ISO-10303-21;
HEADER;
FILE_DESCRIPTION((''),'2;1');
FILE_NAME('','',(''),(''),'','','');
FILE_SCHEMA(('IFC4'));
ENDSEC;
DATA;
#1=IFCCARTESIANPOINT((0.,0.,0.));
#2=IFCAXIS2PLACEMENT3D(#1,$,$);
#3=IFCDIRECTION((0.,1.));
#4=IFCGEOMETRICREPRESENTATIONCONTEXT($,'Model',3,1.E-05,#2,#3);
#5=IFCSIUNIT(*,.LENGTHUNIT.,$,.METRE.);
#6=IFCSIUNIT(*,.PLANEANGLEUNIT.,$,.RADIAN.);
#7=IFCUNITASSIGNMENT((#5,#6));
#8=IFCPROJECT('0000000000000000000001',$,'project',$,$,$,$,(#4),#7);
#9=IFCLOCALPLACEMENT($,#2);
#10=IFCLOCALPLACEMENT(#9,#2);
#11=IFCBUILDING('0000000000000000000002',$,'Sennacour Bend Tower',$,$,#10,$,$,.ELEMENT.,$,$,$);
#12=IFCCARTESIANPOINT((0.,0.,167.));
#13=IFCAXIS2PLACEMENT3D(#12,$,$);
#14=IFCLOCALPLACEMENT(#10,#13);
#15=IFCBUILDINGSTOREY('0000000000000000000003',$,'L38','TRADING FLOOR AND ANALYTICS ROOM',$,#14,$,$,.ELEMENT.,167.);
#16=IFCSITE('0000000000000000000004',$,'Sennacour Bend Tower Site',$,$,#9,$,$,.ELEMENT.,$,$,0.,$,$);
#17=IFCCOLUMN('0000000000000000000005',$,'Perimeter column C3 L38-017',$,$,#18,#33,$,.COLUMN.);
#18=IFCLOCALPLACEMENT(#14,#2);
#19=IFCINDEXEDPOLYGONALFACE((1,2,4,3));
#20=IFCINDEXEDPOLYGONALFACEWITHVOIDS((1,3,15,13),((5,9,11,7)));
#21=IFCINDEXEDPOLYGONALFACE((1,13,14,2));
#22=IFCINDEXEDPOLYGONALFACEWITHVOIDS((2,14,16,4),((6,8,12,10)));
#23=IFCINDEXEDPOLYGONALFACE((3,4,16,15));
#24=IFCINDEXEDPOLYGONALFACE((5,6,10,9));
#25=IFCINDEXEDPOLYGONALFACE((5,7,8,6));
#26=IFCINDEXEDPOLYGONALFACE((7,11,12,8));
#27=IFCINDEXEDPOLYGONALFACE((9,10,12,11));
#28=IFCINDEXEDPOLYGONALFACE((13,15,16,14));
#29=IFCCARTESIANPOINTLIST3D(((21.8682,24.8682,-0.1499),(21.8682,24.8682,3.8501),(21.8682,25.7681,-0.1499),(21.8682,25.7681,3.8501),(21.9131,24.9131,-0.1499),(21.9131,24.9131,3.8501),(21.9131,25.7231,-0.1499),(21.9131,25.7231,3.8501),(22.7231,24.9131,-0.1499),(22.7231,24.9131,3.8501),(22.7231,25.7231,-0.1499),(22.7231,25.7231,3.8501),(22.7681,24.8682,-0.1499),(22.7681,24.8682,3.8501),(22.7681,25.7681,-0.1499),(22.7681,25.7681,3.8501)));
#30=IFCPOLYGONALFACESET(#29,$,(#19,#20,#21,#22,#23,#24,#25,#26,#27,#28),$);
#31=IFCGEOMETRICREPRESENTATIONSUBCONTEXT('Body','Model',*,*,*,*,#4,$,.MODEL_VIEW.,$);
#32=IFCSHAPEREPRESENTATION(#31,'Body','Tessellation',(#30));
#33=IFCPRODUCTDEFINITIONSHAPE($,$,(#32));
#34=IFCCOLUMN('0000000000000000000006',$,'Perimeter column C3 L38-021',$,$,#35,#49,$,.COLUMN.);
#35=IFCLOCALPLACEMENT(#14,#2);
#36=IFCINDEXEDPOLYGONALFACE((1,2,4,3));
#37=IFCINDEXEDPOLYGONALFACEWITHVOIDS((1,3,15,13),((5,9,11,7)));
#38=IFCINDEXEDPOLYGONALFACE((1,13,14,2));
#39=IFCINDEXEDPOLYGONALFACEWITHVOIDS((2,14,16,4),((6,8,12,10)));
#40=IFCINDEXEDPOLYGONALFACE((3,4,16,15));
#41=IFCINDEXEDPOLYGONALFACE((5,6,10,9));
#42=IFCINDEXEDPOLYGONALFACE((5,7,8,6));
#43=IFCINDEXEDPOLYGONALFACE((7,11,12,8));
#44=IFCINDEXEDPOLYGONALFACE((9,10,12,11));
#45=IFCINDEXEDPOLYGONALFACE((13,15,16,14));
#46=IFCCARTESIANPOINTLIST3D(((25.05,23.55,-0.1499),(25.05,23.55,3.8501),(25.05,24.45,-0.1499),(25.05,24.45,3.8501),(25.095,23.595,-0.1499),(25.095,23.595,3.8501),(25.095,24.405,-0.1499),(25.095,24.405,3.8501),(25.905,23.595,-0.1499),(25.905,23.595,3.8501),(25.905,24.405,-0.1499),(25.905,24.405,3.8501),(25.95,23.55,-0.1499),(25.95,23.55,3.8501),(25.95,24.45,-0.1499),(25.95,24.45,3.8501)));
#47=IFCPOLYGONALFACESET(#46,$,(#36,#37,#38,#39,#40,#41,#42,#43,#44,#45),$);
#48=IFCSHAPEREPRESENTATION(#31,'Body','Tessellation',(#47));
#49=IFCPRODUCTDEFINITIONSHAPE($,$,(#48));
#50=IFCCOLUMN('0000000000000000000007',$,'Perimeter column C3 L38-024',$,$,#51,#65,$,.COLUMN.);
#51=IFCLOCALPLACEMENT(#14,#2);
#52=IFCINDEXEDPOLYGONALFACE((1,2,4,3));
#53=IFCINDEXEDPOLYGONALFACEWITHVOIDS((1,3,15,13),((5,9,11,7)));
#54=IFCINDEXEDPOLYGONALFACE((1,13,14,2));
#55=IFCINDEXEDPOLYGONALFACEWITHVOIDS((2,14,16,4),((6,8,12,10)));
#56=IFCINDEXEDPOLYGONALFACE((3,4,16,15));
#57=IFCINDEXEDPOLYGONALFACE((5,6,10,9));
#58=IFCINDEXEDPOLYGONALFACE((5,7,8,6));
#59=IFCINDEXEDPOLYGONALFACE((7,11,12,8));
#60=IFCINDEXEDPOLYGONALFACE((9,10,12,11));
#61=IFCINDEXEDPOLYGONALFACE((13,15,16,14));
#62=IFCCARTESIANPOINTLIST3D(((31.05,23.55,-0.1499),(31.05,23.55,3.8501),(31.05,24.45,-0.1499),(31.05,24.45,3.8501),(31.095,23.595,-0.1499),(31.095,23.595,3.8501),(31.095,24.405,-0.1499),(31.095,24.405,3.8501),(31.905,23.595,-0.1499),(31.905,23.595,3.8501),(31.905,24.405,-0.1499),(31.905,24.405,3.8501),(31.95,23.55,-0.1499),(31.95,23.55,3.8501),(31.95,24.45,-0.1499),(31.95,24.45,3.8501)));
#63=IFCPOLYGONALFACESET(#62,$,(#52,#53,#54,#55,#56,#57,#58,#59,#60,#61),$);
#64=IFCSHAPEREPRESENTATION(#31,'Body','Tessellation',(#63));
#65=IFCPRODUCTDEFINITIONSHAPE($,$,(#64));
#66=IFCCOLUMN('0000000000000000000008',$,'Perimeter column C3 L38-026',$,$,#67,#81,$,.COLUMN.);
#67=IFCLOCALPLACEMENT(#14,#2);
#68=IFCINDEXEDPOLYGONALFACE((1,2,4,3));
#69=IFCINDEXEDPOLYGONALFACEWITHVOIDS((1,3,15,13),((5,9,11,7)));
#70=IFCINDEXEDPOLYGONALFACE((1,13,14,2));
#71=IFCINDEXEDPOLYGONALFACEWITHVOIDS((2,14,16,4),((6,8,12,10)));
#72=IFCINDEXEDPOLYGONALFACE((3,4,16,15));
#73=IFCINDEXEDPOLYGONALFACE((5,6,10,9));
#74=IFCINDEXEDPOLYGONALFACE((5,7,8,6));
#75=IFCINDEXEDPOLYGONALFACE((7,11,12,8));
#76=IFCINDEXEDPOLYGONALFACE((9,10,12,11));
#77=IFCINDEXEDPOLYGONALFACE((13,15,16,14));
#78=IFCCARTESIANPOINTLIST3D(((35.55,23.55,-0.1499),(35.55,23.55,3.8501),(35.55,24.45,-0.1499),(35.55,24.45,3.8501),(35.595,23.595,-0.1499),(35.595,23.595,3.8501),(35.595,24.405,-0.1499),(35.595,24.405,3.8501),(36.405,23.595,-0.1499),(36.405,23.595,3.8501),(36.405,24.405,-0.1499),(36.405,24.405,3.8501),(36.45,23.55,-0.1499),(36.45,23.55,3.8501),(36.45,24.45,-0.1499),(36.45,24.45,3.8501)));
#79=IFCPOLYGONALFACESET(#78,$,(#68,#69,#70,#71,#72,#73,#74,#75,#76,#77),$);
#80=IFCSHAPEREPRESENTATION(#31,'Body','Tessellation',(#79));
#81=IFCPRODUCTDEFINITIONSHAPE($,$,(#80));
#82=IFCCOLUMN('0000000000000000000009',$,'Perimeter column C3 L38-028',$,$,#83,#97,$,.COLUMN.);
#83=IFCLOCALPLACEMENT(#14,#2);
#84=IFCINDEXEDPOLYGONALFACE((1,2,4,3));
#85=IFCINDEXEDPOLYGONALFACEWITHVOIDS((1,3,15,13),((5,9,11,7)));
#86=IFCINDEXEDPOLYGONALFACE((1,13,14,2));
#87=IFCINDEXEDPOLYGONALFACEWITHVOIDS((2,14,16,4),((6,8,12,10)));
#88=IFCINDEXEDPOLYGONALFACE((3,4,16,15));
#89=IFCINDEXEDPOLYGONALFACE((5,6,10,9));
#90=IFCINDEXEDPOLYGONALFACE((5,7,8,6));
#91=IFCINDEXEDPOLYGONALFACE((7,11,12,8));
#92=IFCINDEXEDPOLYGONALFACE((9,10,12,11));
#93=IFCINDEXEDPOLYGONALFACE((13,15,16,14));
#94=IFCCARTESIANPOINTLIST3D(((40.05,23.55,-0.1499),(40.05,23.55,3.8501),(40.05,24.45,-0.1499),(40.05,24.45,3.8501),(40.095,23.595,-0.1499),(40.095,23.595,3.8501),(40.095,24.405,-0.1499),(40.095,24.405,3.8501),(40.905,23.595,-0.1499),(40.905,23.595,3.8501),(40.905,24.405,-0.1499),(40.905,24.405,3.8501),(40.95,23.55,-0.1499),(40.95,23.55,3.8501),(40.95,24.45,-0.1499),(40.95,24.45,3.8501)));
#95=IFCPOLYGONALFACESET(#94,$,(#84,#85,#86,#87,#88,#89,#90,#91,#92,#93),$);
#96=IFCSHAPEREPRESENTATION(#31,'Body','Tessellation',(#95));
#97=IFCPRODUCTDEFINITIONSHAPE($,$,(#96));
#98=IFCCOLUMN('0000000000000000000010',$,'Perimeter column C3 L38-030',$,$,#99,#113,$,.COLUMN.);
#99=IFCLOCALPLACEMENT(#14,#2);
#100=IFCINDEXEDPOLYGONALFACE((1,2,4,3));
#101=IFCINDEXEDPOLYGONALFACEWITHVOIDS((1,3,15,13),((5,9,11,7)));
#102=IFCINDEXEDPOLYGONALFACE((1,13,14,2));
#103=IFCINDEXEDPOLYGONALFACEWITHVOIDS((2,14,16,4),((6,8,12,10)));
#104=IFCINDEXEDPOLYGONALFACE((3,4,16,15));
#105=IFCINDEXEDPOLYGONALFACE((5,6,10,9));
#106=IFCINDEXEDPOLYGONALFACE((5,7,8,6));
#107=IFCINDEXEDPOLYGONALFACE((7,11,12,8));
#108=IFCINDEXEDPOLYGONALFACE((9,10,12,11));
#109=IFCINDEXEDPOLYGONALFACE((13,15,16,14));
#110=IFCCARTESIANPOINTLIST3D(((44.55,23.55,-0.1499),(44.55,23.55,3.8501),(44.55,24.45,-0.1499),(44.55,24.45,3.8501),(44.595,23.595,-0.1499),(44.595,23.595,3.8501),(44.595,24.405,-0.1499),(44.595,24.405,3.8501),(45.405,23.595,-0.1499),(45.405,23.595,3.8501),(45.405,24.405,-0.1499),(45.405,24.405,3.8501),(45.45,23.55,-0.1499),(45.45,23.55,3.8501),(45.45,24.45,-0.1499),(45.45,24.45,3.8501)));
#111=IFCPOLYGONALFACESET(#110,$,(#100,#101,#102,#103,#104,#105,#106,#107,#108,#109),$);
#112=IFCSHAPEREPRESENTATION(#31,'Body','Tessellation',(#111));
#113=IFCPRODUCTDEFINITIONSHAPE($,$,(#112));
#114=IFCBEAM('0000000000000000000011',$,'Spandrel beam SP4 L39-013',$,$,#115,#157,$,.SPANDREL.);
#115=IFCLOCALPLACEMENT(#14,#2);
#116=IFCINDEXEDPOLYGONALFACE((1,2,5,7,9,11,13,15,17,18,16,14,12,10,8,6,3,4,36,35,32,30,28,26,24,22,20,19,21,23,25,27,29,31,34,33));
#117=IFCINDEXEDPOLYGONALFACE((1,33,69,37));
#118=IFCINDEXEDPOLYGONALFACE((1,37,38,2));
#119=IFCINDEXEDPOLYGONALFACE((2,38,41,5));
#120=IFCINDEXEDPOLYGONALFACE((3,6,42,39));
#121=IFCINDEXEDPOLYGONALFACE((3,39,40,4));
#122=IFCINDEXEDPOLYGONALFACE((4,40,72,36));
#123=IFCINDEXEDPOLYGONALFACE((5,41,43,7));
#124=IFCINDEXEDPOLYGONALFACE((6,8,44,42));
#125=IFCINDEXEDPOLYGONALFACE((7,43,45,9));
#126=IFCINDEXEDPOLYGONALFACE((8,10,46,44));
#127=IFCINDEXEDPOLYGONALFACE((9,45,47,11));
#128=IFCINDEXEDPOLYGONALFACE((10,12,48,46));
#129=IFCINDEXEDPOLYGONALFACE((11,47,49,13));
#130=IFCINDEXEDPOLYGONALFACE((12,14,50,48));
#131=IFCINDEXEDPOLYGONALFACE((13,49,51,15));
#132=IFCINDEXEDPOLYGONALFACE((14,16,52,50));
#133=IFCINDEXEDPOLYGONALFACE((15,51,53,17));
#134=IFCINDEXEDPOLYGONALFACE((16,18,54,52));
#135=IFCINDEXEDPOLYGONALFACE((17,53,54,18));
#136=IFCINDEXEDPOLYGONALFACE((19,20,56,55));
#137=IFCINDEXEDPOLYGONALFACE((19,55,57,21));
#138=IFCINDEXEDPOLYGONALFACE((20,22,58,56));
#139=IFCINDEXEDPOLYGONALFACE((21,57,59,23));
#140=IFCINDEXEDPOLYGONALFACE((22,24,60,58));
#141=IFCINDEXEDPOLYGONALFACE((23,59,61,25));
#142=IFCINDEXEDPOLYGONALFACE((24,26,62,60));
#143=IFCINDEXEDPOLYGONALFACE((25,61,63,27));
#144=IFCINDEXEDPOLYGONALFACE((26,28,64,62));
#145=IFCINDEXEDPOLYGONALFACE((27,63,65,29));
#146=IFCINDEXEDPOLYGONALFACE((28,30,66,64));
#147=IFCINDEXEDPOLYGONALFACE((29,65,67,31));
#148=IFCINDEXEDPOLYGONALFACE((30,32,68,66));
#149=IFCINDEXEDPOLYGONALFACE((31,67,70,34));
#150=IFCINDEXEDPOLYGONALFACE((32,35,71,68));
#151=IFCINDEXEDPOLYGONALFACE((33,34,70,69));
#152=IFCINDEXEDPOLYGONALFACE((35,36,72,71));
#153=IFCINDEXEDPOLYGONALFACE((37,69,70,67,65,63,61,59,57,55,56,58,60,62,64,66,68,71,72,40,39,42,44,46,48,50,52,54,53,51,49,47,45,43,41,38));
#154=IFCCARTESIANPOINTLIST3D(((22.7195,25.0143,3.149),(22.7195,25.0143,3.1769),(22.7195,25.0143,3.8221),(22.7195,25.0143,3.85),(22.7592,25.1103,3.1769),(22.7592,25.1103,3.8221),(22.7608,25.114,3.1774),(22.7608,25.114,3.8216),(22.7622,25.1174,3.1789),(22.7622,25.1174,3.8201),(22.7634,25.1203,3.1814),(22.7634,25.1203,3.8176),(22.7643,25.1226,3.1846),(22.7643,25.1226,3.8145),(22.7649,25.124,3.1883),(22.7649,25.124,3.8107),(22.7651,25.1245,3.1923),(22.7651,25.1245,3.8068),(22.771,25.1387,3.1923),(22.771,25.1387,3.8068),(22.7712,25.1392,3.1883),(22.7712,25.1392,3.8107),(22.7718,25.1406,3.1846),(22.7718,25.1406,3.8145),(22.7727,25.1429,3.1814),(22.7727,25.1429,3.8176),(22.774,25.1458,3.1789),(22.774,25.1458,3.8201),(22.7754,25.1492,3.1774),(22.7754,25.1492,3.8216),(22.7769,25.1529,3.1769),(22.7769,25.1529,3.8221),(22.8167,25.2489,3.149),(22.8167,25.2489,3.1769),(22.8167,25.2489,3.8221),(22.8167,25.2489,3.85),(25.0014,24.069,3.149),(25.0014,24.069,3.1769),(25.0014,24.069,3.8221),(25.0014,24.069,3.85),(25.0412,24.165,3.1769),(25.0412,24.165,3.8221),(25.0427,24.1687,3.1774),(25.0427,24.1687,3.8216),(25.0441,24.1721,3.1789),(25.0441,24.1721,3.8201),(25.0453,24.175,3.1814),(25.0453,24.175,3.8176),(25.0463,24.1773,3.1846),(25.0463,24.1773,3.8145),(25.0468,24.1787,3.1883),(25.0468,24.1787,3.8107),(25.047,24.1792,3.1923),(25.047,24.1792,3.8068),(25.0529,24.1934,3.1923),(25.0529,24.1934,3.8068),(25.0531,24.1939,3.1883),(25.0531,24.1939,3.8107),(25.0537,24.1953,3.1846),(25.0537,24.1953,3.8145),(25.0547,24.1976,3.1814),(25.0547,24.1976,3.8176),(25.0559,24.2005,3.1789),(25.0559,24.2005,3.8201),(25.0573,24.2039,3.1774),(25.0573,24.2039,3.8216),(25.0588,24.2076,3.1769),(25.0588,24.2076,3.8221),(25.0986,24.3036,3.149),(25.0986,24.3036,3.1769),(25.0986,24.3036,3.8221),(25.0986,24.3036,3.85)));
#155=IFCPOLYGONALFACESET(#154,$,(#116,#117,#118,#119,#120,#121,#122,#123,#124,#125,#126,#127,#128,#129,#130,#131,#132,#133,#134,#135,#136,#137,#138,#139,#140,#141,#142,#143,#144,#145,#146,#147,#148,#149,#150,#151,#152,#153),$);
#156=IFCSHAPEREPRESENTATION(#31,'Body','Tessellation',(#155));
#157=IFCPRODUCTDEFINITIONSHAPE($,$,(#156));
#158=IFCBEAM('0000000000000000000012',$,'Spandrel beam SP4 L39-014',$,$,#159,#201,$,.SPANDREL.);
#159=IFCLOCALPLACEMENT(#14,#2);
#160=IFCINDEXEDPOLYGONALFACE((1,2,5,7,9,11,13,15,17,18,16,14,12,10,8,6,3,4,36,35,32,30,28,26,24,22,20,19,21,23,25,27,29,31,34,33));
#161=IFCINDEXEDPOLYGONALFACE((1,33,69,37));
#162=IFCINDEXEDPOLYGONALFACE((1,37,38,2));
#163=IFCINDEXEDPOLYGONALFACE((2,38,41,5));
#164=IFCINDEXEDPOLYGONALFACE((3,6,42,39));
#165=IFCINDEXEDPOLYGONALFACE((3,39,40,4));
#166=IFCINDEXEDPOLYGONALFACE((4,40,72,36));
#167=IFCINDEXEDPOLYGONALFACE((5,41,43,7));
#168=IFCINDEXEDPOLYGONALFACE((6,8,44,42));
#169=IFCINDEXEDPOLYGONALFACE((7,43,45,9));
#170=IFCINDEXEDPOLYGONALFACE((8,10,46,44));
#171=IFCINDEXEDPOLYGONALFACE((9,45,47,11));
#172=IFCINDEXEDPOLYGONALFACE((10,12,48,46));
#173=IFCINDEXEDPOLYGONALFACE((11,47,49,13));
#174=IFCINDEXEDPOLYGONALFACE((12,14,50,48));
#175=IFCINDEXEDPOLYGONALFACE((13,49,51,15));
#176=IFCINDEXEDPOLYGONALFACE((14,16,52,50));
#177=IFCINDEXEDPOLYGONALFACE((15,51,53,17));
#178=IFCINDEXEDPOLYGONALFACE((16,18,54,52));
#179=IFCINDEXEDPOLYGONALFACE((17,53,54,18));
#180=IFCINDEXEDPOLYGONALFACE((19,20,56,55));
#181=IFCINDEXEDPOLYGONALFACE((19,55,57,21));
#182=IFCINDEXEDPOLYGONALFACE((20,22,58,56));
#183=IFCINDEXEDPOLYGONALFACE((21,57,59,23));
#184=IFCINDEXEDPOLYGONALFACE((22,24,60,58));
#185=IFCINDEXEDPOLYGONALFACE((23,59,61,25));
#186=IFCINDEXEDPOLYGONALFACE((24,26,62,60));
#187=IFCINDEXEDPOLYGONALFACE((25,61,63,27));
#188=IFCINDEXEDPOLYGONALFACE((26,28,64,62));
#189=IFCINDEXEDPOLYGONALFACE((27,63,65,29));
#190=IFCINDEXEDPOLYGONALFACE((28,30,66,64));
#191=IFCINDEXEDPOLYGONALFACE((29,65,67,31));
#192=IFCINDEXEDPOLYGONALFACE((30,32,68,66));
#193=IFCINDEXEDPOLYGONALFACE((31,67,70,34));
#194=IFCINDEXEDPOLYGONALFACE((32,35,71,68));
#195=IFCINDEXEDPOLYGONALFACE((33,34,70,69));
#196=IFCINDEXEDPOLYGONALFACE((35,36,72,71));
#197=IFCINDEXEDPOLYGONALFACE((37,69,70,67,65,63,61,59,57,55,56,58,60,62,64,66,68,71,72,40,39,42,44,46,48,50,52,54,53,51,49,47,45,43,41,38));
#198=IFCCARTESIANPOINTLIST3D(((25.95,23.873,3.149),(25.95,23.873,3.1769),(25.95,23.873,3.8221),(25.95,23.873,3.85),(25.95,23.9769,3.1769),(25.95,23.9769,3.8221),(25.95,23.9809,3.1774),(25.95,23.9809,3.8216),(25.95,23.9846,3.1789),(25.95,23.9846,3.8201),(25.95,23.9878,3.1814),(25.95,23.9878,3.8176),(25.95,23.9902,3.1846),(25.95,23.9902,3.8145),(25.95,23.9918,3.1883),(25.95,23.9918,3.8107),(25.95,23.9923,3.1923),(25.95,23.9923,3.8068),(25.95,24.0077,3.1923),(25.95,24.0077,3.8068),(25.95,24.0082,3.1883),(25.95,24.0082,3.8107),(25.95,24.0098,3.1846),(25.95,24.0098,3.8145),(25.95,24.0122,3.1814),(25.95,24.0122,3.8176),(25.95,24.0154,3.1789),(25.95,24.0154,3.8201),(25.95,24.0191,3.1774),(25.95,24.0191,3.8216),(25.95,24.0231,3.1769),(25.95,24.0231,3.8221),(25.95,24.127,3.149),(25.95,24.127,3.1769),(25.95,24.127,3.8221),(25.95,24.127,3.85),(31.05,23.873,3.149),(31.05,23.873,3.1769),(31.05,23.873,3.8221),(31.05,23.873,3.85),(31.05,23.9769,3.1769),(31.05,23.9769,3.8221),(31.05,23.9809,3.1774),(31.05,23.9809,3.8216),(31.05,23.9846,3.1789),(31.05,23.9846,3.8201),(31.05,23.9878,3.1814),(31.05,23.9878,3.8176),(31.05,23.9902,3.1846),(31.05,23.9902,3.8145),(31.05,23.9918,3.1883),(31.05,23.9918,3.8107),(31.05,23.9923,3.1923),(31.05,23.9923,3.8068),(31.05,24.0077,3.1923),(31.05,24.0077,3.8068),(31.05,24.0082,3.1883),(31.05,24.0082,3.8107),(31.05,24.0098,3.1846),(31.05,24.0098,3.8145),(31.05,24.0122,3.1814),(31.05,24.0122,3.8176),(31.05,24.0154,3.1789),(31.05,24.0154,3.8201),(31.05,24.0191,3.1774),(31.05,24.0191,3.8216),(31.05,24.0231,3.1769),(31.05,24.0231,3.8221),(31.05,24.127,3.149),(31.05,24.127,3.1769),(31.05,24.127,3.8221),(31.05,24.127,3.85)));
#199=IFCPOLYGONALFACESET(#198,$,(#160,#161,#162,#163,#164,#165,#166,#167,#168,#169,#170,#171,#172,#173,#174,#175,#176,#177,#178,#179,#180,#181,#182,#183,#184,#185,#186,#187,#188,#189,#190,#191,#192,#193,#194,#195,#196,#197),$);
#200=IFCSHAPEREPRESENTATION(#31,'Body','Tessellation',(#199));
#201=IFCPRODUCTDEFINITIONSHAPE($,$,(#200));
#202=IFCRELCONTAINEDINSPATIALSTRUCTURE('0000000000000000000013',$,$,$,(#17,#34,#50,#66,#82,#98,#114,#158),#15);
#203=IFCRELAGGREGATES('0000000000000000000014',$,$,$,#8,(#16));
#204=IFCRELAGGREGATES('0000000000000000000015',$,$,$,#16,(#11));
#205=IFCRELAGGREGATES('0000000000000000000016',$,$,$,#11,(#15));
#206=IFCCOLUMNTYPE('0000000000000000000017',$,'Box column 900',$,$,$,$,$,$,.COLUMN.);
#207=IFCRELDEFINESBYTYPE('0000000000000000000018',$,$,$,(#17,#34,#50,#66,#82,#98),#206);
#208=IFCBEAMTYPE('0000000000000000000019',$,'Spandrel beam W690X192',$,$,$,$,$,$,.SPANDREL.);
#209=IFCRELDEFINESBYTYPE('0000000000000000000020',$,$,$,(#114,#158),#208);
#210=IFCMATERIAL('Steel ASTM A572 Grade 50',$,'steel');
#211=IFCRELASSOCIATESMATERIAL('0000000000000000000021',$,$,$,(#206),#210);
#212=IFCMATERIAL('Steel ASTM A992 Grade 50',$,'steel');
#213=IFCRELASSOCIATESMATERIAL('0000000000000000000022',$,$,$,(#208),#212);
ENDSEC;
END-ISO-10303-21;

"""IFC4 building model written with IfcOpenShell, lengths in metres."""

from ifc_helpers import new_model, si_unit, direction, frame, origin, origin_2d, place, context, subcontext, project, spatial, hollow_rectangle, i_section, extrude, material, material_profile, profile_set, type_object, element, save


model = new_model("IFC4")

# Units and contexts
model_context = context("Model", 3, precision=1e-05, world=origin(), true_north=direction((0.0, 1.0)))
body_context = subcontext(model_context, "Body", "Model", "MODEL_VIEW")
ifc_project = project(units=[si_unit("LENGTHUNIT", "METRE"), si_unit("PLANEANGLEUNIT", "RADIAN")], contexts=[model_context])

# Site, building, storey
site_placement = place(None, origin())
site = spatial("IfcSite", under=ifc_project, at=site_placement, Name="Sennacour Bend Tower Site", CompositionType="ELEMENT", RefElevation=0.0)
building_placement = place(site_placement, origin())
building = spatial("IfcBuilding", under=site, at=building_placement, Name="Sennacour Bend Tower", CompositionType="ELEMENT")
storey_placement = place(building_placement, frame((0.0, 0.0, 167.0)))
storey = spatial("IfcBuildingStorey", under=building, at=storey_placement, Name="L38", Description="TRADING FLOOR AND ANALYTICS ROOM", CompositionType="ELEMENT", Elevation=167.0)

# Columns
ifc_material_1 = material(Name="Steel ASTM A572 Grade 50", Category="steel")
ifc_material_profile_1 = material_profile(ifc_material_1, hollow_rectangle(XDim=0.8999, YDim=0.8999, WallThickness=0.0449, at=origin_2d()), Name="Steel ASTM A572 Grade 50", Category="steel")
ifc_profile_set_1 = profile_set([ifc_material_profile_1], Name="Steel ASTM A572 Grade 50")
column_type = type_object("IfcColumnType", Name="Box column 900", PredefinedType="COLUMN", material=ifc_profile_set_1)
for number, where, z_axis, x_axis, name in (
    (1, (22.3181, 25.3181, -0.1499), (0.0, 0.0, 1.0), (1.0, 0.0, 0.0), "Perimeter column C3 L38-017"),
    (2, (25.5, 24.0, -0.1499), (0.0, 0.0, 1.0), (1.0, 0.0, 0.0), "Perimeter column C3 L38-021"),
    (3, (31.5, 24.0, -0.1499), (0.0, 0.0, 1.0), (1.0, 0.0, 0.0), "Perimeter column C3 L38-024"),
    (4, (36.0, 24.0, -0.1499), (0.0, 0.0, 1.0), (1.0, 0.0, 0.0), "Perimeter column C3 L38-026"),
    (5, (40.5, 24.0, -0.1499), (0.0, 0.0, 1.0), (1.0, 0.0, 0.0), "Perimeter column C3 L38-028"),
    (6, (45.0, 24.0, -0.1499), (0.0, 0.0, 1.0), (1.0, 0.0, 0.0), "Perimeter column C3 L38-030"),
):
    element("IfcColumn", number, at=place(storey_placement, frame(where, z_axis=z_axis, x_axis=x_axis)), inside=storey, type_object=column_type, Name=name, PredefinedType="COLUMN", context=body_context, shape_type="SweptSolid", body=[
        extrude(hollow_rectangle(XDim=0.8999, YDim=0.8999, WallThickness=0.0449, at=origin_2d()), origin(), (0.0, 0.0, 1.0), 4.0),
    ])

# Beams
ifc_material_2 = material(Name="Steel ASTM A992 Grade 50", Category="steel")
ifc_material_profile_2 = material_profile(ifc_material_2, i_section(OverallWidth=0.2539, OverallDepth=0.7009, WebThickness=0.0154, FlangeThickness=0.0278, FilletRadius=0.0154, at=origin_2d()), Name="Steel ASTM A992 Grade 50", Category="steel")
ifc_profile_set_2 = profile_set([ifc_material_profile_2], Name="Steel ASTM A992 Grade 50")
beam_type = type_object("IfcBeamType", Name="Spandrel beam W690X192", PredefinedType="SPANDREL", material=ifc_profile_set_2)
beam_1_placement = place(storey_placement, frame((22.7681, 25.1316, 3.4995), z_axis=(0.923867, -0.382713, 0.0), x_axis=(0.382713, 0.923867, 0.0)))
element("IfcBeam", 7, at=beam_1_placement, inside=storey, type_object=beam_type, Name="Spandrel beam SP4 L39-013", PredefinedType="SPANDREL", context=body_context, shape_type="SweptSolid", body=[
    extrude(i_section(OverallWidth=0.2539, OverallDepth=0.7009, WebThickness=0.0154, FlangeThickness=0.0278, FilletRadius=0.0154, at=origin_2d()), origin(), (0.0, 0.0, 1.0), 2.47),
])
beam_2_placement = place(storey_placement, frame((25.95, 24.0, 3.4995), z_axis=(1.0, 0.0, 0.0), x_axis=(0.0, 1.0, 0.0)))
element("IfcBeam", 8, at=beam_2_placement, inside=storey, type_object=beam_type, Name="Spandrel beam SP4 L39-014", PredefinedType="SPANDREL", context=body_context, shape_type="SweptSolid", body=[
    extrude(i_section(OverallWidth=0.2539, OverallDepth=0.7009, WebThickness=0.0154, FlangeThickness=0.0278, FilletRadius=0.0154, at=origin_2d()), origin(), (0.0, 0.0, 1.0), 5.1001),
])

save(model, "model.ifc")
